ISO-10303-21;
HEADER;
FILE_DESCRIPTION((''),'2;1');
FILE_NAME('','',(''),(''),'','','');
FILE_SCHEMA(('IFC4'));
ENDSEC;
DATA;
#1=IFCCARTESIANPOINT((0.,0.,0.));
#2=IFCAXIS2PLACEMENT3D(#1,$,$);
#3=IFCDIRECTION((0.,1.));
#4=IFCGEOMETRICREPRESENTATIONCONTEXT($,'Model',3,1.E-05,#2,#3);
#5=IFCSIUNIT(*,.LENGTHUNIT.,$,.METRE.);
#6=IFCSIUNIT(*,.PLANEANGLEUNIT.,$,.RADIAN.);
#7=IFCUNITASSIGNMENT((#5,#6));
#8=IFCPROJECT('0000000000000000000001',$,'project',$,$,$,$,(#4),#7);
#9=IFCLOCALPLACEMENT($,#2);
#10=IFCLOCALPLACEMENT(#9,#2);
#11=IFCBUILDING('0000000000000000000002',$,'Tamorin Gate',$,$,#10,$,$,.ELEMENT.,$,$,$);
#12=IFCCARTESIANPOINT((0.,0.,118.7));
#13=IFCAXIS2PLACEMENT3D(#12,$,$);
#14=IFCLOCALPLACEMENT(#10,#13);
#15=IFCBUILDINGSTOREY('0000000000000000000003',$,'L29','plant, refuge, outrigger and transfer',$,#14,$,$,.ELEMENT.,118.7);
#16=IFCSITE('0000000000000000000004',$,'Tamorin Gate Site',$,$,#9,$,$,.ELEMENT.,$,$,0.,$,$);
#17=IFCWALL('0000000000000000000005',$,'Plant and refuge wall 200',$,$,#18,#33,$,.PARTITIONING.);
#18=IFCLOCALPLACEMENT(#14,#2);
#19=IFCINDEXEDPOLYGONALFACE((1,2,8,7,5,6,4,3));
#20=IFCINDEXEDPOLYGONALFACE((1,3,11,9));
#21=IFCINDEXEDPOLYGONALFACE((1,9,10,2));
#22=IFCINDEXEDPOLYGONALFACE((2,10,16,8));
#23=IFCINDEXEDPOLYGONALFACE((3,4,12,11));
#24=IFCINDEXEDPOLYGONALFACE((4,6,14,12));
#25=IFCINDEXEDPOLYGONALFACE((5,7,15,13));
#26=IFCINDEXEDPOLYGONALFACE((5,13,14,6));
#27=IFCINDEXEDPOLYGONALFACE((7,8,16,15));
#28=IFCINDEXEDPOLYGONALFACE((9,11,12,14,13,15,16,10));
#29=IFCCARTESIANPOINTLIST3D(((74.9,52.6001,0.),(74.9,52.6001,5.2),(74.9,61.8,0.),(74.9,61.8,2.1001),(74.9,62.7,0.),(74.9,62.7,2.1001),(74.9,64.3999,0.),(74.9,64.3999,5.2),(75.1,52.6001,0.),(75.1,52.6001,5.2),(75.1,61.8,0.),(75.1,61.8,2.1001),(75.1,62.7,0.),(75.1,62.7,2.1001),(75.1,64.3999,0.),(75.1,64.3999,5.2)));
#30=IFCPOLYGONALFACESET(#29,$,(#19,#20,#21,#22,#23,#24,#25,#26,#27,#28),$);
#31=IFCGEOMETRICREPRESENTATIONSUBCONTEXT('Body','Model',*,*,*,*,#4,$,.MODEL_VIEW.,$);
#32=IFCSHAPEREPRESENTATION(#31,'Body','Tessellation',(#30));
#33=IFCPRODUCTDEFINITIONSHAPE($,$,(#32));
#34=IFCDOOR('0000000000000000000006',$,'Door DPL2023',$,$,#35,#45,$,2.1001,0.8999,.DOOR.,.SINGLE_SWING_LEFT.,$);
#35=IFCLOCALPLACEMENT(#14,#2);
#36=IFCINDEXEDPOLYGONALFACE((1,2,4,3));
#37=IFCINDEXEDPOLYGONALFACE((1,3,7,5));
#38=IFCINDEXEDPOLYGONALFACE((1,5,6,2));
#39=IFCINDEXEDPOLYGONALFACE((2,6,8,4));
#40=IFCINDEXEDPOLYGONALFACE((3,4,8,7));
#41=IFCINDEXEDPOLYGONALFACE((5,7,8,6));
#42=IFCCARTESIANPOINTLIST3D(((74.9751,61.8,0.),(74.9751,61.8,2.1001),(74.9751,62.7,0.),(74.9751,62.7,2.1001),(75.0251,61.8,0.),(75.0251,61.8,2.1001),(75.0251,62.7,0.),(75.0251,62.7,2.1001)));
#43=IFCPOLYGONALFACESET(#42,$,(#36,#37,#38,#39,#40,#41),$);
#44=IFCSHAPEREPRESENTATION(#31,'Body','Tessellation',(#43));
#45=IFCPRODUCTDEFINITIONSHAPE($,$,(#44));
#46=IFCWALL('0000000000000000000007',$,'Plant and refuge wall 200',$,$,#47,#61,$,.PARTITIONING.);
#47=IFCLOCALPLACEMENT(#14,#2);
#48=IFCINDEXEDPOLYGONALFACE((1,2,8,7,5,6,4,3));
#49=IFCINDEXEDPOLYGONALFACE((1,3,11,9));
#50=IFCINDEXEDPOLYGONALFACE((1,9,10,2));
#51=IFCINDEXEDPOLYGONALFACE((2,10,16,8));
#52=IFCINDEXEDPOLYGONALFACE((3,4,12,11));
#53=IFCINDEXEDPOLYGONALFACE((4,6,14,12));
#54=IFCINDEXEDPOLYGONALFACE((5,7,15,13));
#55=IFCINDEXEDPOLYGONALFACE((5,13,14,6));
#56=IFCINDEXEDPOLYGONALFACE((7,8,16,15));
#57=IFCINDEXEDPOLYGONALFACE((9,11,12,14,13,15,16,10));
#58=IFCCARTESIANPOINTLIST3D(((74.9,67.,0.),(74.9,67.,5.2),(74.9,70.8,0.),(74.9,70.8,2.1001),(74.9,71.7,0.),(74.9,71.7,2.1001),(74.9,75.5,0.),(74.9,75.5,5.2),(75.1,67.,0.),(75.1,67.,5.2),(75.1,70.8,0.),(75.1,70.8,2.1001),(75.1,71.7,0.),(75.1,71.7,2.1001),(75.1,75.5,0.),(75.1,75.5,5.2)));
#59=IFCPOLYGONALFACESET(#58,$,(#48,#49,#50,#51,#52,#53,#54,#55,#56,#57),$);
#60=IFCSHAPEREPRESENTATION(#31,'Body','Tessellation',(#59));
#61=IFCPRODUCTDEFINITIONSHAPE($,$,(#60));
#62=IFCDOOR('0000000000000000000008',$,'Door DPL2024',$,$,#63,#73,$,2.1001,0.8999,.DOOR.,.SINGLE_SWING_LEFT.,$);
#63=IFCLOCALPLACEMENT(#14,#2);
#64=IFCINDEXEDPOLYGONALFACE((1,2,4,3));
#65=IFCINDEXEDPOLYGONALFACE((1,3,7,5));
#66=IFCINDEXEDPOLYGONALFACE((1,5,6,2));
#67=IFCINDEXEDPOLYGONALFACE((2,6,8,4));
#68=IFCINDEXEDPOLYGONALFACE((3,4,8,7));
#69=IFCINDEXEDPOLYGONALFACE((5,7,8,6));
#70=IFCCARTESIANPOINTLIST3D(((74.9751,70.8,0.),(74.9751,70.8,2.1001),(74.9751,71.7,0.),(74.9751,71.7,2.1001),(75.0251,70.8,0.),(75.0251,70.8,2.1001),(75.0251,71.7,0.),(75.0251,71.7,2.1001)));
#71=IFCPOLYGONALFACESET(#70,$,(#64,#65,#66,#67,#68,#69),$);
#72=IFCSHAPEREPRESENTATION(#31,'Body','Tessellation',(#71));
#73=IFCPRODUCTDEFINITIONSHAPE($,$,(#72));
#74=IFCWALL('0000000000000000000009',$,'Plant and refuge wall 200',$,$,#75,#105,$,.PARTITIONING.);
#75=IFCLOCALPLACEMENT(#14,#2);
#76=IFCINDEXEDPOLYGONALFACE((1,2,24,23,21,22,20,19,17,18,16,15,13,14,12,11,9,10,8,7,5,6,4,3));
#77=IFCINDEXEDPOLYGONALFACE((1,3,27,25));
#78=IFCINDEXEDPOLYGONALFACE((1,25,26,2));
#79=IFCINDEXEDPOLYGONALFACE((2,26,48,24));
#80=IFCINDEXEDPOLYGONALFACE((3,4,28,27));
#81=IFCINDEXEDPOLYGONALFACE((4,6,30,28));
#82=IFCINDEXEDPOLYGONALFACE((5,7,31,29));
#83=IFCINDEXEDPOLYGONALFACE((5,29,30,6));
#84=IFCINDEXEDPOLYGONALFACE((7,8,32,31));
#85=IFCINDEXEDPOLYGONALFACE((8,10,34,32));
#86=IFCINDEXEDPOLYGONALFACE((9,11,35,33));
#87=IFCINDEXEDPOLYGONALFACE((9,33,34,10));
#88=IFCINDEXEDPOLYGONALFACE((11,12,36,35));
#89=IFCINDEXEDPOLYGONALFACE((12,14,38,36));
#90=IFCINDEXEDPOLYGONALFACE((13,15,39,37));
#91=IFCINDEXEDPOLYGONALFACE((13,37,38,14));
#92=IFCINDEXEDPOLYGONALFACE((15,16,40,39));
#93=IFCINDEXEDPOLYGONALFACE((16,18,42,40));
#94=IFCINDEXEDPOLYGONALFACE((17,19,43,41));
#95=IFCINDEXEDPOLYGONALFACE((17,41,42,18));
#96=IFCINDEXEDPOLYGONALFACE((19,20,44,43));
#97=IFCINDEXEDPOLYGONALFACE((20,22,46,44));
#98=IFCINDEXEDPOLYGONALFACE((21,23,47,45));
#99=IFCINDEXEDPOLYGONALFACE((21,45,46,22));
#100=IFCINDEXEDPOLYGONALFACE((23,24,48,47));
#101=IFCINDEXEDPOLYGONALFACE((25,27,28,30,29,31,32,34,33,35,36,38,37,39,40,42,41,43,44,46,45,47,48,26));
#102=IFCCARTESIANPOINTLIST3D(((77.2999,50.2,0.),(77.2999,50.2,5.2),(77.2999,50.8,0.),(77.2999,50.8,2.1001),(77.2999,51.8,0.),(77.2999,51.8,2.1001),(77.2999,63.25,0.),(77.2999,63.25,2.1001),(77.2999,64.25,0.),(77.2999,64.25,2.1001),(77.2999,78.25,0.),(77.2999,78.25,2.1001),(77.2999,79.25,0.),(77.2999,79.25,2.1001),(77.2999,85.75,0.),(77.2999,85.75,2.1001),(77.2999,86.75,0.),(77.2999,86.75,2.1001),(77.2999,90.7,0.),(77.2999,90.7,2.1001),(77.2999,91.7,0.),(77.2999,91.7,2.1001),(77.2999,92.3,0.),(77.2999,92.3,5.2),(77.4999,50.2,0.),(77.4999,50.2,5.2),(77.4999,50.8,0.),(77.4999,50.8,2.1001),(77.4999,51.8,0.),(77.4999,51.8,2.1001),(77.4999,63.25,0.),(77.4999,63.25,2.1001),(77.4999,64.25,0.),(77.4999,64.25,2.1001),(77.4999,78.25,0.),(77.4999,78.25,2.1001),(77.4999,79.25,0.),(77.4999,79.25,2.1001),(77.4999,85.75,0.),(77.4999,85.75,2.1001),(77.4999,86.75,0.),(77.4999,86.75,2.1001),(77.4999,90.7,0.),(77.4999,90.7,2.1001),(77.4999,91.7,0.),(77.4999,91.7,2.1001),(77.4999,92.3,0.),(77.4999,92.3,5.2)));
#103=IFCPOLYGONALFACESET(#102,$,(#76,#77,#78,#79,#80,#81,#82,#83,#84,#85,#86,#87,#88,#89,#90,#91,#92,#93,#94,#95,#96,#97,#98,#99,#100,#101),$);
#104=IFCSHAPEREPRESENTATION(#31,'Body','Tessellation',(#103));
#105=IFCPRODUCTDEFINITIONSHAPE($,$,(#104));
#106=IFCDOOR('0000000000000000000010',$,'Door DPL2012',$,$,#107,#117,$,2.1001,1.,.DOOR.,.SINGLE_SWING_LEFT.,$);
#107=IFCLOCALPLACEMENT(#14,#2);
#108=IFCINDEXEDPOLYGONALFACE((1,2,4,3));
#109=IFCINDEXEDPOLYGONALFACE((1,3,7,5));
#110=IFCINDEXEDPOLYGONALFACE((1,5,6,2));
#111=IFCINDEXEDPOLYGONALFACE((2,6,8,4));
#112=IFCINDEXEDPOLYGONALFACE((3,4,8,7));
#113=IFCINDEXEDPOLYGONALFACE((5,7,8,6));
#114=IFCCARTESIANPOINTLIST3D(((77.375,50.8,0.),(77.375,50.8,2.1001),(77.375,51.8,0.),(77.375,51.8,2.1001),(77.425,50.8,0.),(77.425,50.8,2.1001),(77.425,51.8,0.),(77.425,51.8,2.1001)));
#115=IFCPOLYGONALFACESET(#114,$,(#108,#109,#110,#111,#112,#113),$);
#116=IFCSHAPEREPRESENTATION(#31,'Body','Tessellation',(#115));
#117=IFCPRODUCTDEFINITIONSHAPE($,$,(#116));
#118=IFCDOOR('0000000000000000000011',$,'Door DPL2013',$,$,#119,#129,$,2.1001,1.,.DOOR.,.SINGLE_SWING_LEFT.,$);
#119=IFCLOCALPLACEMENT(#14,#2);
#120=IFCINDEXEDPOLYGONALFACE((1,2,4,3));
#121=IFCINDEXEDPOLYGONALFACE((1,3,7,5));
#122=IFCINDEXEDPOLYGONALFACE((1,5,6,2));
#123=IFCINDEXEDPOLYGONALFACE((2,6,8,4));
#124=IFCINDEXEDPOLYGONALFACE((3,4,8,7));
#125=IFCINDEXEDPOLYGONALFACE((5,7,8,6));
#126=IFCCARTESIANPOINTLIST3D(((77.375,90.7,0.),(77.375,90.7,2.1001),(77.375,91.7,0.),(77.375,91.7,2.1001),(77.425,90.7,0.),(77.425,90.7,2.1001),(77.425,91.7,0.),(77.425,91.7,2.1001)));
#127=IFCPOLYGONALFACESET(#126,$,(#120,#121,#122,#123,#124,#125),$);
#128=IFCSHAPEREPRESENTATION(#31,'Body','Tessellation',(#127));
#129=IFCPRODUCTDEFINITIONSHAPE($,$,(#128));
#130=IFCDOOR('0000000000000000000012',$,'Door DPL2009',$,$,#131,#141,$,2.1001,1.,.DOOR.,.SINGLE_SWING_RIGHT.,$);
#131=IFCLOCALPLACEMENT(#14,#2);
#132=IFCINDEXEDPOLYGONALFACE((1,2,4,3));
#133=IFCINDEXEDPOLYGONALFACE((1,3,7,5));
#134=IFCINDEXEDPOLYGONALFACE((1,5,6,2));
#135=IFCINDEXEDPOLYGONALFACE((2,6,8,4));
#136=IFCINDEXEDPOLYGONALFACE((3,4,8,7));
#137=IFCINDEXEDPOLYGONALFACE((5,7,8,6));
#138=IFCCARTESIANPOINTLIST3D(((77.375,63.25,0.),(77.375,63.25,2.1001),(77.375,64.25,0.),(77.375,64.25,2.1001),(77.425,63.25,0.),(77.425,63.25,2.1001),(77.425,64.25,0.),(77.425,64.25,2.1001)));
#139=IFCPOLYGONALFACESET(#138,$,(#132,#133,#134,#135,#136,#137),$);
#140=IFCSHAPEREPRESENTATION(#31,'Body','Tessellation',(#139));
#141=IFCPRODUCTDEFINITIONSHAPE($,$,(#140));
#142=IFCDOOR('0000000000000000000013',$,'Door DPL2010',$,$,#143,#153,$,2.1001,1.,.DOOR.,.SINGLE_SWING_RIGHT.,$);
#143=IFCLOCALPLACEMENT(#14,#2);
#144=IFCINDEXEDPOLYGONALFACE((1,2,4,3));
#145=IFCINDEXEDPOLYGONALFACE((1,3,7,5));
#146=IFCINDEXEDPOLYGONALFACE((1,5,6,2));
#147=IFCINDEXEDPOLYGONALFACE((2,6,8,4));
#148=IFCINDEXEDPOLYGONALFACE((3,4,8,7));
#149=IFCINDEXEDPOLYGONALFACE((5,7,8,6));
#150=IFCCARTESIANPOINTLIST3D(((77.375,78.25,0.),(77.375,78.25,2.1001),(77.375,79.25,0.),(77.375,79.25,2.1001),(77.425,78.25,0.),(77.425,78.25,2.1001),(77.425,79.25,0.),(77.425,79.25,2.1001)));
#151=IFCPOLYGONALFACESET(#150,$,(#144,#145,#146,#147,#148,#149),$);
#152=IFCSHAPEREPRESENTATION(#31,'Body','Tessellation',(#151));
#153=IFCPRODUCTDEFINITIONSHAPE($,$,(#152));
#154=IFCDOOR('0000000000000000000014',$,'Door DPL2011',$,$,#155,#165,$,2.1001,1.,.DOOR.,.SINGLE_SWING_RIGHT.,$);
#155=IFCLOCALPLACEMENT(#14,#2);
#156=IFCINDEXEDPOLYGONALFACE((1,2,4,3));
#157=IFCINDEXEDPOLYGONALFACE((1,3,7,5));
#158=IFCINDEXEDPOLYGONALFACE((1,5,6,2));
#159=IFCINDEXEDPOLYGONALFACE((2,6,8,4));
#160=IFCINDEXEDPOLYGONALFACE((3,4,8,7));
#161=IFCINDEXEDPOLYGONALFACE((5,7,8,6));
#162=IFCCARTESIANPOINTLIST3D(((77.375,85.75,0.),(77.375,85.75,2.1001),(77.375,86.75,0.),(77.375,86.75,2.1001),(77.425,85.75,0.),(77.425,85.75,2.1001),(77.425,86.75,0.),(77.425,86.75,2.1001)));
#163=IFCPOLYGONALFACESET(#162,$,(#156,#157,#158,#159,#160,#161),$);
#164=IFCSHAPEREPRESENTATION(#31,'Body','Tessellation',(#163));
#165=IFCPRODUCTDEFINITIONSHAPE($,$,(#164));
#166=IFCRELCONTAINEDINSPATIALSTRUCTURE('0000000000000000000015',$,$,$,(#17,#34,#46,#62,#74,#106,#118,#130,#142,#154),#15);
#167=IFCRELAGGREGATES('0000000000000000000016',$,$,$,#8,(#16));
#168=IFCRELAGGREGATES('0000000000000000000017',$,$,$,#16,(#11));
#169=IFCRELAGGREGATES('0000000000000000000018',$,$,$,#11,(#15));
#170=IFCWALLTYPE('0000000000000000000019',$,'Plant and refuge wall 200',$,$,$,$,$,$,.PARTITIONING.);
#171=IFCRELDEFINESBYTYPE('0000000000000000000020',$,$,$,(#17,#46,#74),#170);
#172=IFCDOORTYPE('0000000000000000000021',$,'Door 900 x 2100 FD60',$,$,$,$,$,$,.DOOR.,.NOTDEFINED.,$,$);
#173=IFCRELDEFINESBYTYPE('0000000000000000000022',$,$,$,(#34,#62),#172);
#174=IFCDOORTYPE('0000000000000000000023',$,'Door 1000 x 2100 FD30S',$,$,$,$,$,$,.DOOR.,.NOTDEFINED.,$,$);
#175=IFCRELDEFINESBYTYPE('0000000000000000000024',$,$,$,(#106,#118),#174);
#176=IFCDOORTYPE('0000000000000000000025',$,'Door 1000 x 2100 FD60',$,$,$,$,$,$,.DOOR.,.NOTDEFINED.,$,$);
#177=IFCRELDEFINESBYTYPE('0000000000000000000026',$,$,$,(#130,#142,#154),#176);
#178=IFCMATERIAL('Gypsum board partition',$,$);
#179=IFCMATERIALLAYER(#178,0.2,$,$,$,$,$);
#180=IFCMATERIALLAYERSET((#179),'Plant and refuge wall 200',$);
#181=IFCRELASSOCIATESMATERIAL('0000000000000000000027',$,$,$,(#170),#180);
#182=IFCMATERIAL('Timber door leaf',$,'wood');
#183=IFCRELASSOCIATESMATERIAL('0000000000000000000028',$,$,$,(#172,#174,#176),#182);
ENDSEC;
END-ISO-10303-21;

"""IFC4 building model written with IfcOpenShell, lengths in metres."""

from ifc_helpers import new_model, si_unit, direction, frame, frame_2d, origin, place, context, subcontext, project, spatial, rectangle, extrude, material, layer, layer_set, type_object, element, fill, save


model = new_model("IFC4")

# Units and contexts
model_context = context("Model", 3, precision=1e-05, world=origin(), true_north=direction((0.0, 1.0)))
body_context = subcontext(model_context, "Body", "Model", "MODEL_VIEW")
ifc_project = project(units=[si_unit("LENGTHUNIT", "METRE"), si_unit("PLANEANGLEUNIT", "RADIAN")], contexts=[model_context])

# Site, building, storey
site_placement = place(None, origin())
site = spatial("IfcSite", under=ifc_project, at=site_placement, Name="Tamorin Gate Site", CompositionType="ELEMENT", RefElevation=0.0)
building_placement = place(site_placement, origin())
building = spatial("IfcBuilding", under=site, at=building_placement, Name="Tamorin Gate", CompositionType="ELEMENT")
storey_placement = place(building_placement, frame((0.0, 0.0, 118.7)))
storey = spatial("IfcBuildingStorey", under=building, at=storey_placement, Name="L29", Description="plant, refuge, outrigger and transfer", CompositionType="ELEMENT", Elevation=118.7)

# Shared definitions
ifc_material_1 = material(Name="Gypsum board partition")
ifc_layer_1 = layer(ifc_material_1, 0.2)
ifc_layer_set_1 = layer_set([ifc_layer_1], Name="Plant and refuge wall 200")
wall_type_1 = type_object("IfcWallType", Name="Plant and refuge wall 200", PredefinedType="PARTITIONING", material=ifc_layer_set_1)

# Walls, openings, doors
wall_1_placement = place(storey_placement, frame((75.0, 52.6001, 0.0), z_axis=(0.0, 0.0, 1.0), x_axis=(0.0, 1.0, 0.0)))
wall_1 = element("IfcWall", 1, at=wall_1_placement, inside=storey, type_object=wall_type_1, Name="Plant and refuge wall 200", PredefinedType="PARTITIONING", context=body_context, shape_type="SweptSolid", body=[
    extrude(rectangle(XDim=11.7998, YDim=0.2, at=frame_2d((5.8999, 0.0))), origin(), (0.0, 0.0, 1.0), 5.2),
])
opening_1_placement = place(wall_1_placement, frame((9.2, 0.0, 0.0)))
opening_1 = element("IfcOpeningElement", 2, at=opening_1_placement, cuts=wall_1, PredefinedType="OPENING", context=body_context, shape_type="SweptSolid", body=[
    extrude(rectangle(XDim=0.8999, YDim=2.1001, at=frame_2d((0.45, 1.05))), frame((0.0, 0.1099, 0.0), z_axis=(0.0, -1.0, 0.0), x_axis=(1.0, 0.0, 0.0)), (0.0, 0.0, 1.0), 0.22),
])
ifc_material_2 = material(Name="Timber door leaf", Category="wood")
door_type_1 = type_object("IfcDoorType", Name="Door 900 x 2100 FD60", OperationType="NOTDEFINED", PredefinedType="DOOR", material=ifc_material_2)
door_1_placement = place(opening_1_placement, origin())
door_1 = element("IfcDoor", 3, at=door_1_placement, inside=storey, type_object=door_type_1, Name="Door DPL2023", OperationType="SINGLE_SWING_LEFT", OverallHeight=2.1001, OverallWidth=0.8999, PredefinedType="DOOR", context=body_context, shape_type="SweptSolid", body=[
    extrude(rectangle(XDim=0.8999, YDim=2.1001, at=frame_2d((0.45, 1.05))), frame((0.0, 0.0249, 0.0), z_axis=(0.0, -1.0, 0.0), x_axis=(1.0, 0.0, 0.0)), (0.0, 0.0, 1.0), 0.05),
])
fill(opening_1, door_1)
wall_2_placement = place(storey_placement, frame((75.0, 67.0, 0.0), z_axis=(0.0, 0.0, 1.0), x_axis=(0.0, 1.0, 0.0)))
wall_2 = element("IfcWall", 4, at=wall_2_placement, inside=storey, type_object=wall_type_1, Name="Plant and refuge wall 200", PredefinedType="PARTITIONING", context=body_context, shape_type="SweptSolid", body=[
    extrude(rectangle(XDim=8.5, YDim=0.2, at=frame_2d((4.25, 0.0))), origin(), (0.0, 0.0, 1.0), 5.2),
])
opening_2_placement = place(wall_2_placement, frame((3.8, 0.0, 0.0)))
opening_2 = element("IfcOpeningElement", 5, at=opening_2_placement, cuts=wall_2, PredefinedType="OPENING", context=body_context, shape_type="SweptSolid", body=[
    extrude(rectangle(XDim=0.8999, YDim=2.1001, at=frame_2d((0.45, 1.05))), frame((0.0, 0.1099, 0.0), z_axis=(0.0, -1.0, 0.0), x_axis=(1.0, 0.0, 0.0)), (0.0, 0.0, 1.0), 0.22),
])
door_2_placement = place(opening_2_placement, origin())
door_2 = element("IfcDoor", 6, at=door_2_placement, inside=storey, type_object=door_type_1, Name="Door DPL2024", OperationType="SINGLE_SWING_LEFT", OverallHeight=2.1001, OverallWidth=0.8999, PredefinedType="DOOR", context=body_context, shape_type="SweptSolid", body=[
    extrude(rectangle(XDim=0.8999, YDim=2.1001, at=frame_2d((0.45, 1.05))), frame((0.0, 0.0249, 0.0), z_axis=(0.0, -1.0, 0.0), x_axis=(1.0, 0.0, 0.0)), (0.0, 0.0, 1.0), 0.05),
])
fill(opening_2, door_2)

# Wall, openings, doors
wall_3_placement = place(storey_placement, frame((77.3999, 50.2, 0.0), z_axis=(0.0, 0.0, 1.0), x_axis=(0.0, 1.0, 0.0)))
wall_3 = element("IfcWall", 7, at=wall_3_placement, inside=storey, type_object=wall_type_1, Name="Plant and refuge wall 200", PredefinedType="PARTITIONING", context=body_context, shape_type="SweptSolid", body=[
    extrude(rectangle(XDim=42.1001, YDim=0.2, at=frame_2d((21.05, 0.0))), origin(), (0.0, 0.0, 1.0), 5.2),
])
opening_3_placement = place(wall_3_placement, frame((13.05, 0.0, 0.0)))
opening_3 = element("IfcOpeningElement", 8, at=opening_3_placement, cuts=wall_3, PredefinedType="OPENING", context=body_context, shape_type="SweptSolid", body=[
    extrude(rectangle(XDim=1.0, YDim=2.1001, at=frame_2d((0.5, 1.05))), frame((0.0, 0.1099, 0.0), z_axis=(0.0, -1.0, 0.0), x_axis=(1.0, 0.0, 0.0)), (0.0, 0.0, 1.0), 0.22),
])
opening_4_placement = place(wall_3_placement, frame((28.05, 0.0, 0.0)))
opening_4 = element("IfcOpeningElement", 9, at=opening_4_placement, cuts=wall_3, PredefinedType="OPENING", context=body_context, shape_type="SweptSolid", body=[
    extrude(rectangle(XDim=1.0, YDim=2.1001, at=frame_2d((0.5, 1.05))), frame((0.0, 0.1099, 0.0), z_axis=(0.0, -1.0, 0.0), x_axis=(1.0, 0.0, 0.0)), (0.0, 0.0, 1.0), 0.22),
])
opening_5_placement = place(wall_3_placement, frame((35.55, 0.0, 0.0)))
opening_5 = element("IfcOpeningElement", 10, at=opening_5_placement, cuts=wall_3, PredefinedType="OPENING", context=body_context, shape_type="SweptSolid", body=[
    extrude(rectangle(XDim=1.0, YDim=2.1001, at=frame_2d((0.5, 1.05))), frame((0.0, 0.1099, 0.0), z_axis=(0.0, -1.0, 0.0), x_axis=(1.0, 0.0, 0.0)), (0.0, 0.0, 1.0), 0.22),
])
opening_6_placement = place(wall_3_placement, frame((0.6001, 0.0, 0.0)))
opening_6 = element("IfcOpeningElement", 11, at=opening_6_placement, cuts=wall_3, PredefinedType="OPENING", context=body_context, shape_type="SweptSolid", body=[
    extrude(rectangle(XDim=1.0, YDim=2.1001, at=frame_2d((0.5, 1.05))), frame((0.0, 0.1099, 0.0), z_axis=(0.0, -1.0, 0.0), x_axis=(1.0, 0.0, 0.0)), (0.0, 0.0, 1.0), 0.22),
])
opening_7_placement = place(wall_3_placement, frame((40.5, 0.0, 0.0)))
opening_7 = element("IfcOpeningElement", 12, at=opening_7_placement, cuts=wall_3, PredefinedType="OPENING", context=body_context, shape_type="SweptSolid", body=[
    extrude(rectangle(XDim=1.0, YDim=2.1001, at=frame_2d((0.5, 1.05))), frame((0.0, 0.1099, 0.0), z_axis=(0.0, -1.0, 0.0), x_axis=(1.0, 0.0, 0.0)), (0.0, 0.0, 1.0), 0.22),
])
door_type_2 = type_object("IfcDoorType", Name="Door 1000 x 2100 FD30S", OperationType="NOTDEFINED", PredefinedType="DOOR", material=ifc_material_2)
door_3_placement = place(opening_6_placement, origin())
door_3 = element("IfcDoor", 13, at=door_3_placement, inside=storey, type_object=door_type_2, Name="Door DPL2012", OperationType="SINGLE_SWING_LEFT", OverallHeight=2.1001, OverallWidth=1.0, PredefinedType="DOOR", context=body_context, shape_type="SweptSolid", body=[
    extrude(rectangle(XDim=1.0, YDim=2.1001, at=frame_2d((0.5, 1.05))), frame((0.0, 0.0249, 0.0), z_axis=(0.0, -1.0, 0.0), x_axis=(1.0, 0.0, 0.0)), (0.0, 0.0, 1.0), 0.05),
])
fill(opening_6, door_3)
door_4_placement = place(opening_7_placement, origin())
door_4 = element("IfcDoor", 14, at=door_4_placement, inside=storey, type_object=door_type_2, Name="Door DPL2013", OperationType="SINGLE_SWING_LEFT", OverallHeight=2.1001, OverallWidth=1.0, PredefinedType="DOOR", context=body_context, shape_type="SweptSolid", body=[
    extrude(rectangle(XDim=1.0, YDim=2.1001, at=frame_2d((0.5, 1.05))), frame((0.0, 0.0249, 0.0), z_axis=(0.0, -1.0, 0.0), x_axis=(1.0, 0.0, 0.0)), (0.0, 0.0, 1.0), 0.05),
])
fill(opening_7, door_4)
door_type_3 = type_object("IfcDoorType", Name="Door 1000 x 2100 FD60", OperationType="NOTDEFINED", PredefinedType="DOOR", material=ifc_material_2)
door_5_placement = place(opening_3_placement, origin())
door_5 = element("IfcDoor", 15, at=door_5_placement, inside=storey, type_object=door_type_3, Name="Door DPL2009", OperationType="SINGLE_SWING_RIGHT", OverallHeight=2.1001, OverallWidth=1.0, PredefinedType="DOOR", context=body_context, shape_type="SweptSolid", body=[
    extrude(rectangle(XDim=1.0, YDim=2.1001, at=frame_2d((0.5, 1.05))), frame((0.0, 0.0249, 0.0), z_axis=(0.0, -1.0, 0.0), x_axis=(1.0, 0.0, 0.0)), (0.0, 0.0, 1.0), 0.05),
])
fill(opening_3, door_5)
door_6_placement = place(opening_4_placement, origin())
door_6 = element("IfcDoor", 16, at=door_6_placement, inside=storey, type_object=door_type_3, Name="Door DPL2010", OperationType="SINGLE_SWING_RIGHT", OverallHeight=2.1001, OverallWidth=1.0, PredefinedType="DOOR", context=body_context, shape_type="SweptSolid", body=[
    extrude(rectangle(XDim=1.0, YDim=2.1001, at=frame_2d((0.5, 1.05))), frame((0.0, 0.0249, 0.0), z_axis=(0.0, -1.0, 0.0), x_axis=(1.0, 0.0, 0.0)), (0.0, 0.0, 1.0), 0.05),
])
fill(opening_4, door_6)
door_7_placement = place(opening_5_placement, origin())
door_7 = element("IfcDoor", 17, at=door_7_placement, inside=storey, type_object=door_type_3, Name="Door DPL2011", OperationType="SINGLE_SWING_RIGHT", OverallHeight=2.1001, OverallWidth=1.0, PredefinedType="DOOR", context=body_context, shape_type="SweptSolid", body=[
    extrude(rectangle(XDim=1.0, YDim=2.1001, at=frame_2d((0.5, 1.05))), frame((0.0, 0.0249, 0.0), z_axis=(0.0, -1.0, 0.0), x_axis=(1.0, 0.0, 0.0)), (0.0, 0.0, 1.0), 0.05),
])
fill(opening_5, door_7)

save(model, "model.ifc")
